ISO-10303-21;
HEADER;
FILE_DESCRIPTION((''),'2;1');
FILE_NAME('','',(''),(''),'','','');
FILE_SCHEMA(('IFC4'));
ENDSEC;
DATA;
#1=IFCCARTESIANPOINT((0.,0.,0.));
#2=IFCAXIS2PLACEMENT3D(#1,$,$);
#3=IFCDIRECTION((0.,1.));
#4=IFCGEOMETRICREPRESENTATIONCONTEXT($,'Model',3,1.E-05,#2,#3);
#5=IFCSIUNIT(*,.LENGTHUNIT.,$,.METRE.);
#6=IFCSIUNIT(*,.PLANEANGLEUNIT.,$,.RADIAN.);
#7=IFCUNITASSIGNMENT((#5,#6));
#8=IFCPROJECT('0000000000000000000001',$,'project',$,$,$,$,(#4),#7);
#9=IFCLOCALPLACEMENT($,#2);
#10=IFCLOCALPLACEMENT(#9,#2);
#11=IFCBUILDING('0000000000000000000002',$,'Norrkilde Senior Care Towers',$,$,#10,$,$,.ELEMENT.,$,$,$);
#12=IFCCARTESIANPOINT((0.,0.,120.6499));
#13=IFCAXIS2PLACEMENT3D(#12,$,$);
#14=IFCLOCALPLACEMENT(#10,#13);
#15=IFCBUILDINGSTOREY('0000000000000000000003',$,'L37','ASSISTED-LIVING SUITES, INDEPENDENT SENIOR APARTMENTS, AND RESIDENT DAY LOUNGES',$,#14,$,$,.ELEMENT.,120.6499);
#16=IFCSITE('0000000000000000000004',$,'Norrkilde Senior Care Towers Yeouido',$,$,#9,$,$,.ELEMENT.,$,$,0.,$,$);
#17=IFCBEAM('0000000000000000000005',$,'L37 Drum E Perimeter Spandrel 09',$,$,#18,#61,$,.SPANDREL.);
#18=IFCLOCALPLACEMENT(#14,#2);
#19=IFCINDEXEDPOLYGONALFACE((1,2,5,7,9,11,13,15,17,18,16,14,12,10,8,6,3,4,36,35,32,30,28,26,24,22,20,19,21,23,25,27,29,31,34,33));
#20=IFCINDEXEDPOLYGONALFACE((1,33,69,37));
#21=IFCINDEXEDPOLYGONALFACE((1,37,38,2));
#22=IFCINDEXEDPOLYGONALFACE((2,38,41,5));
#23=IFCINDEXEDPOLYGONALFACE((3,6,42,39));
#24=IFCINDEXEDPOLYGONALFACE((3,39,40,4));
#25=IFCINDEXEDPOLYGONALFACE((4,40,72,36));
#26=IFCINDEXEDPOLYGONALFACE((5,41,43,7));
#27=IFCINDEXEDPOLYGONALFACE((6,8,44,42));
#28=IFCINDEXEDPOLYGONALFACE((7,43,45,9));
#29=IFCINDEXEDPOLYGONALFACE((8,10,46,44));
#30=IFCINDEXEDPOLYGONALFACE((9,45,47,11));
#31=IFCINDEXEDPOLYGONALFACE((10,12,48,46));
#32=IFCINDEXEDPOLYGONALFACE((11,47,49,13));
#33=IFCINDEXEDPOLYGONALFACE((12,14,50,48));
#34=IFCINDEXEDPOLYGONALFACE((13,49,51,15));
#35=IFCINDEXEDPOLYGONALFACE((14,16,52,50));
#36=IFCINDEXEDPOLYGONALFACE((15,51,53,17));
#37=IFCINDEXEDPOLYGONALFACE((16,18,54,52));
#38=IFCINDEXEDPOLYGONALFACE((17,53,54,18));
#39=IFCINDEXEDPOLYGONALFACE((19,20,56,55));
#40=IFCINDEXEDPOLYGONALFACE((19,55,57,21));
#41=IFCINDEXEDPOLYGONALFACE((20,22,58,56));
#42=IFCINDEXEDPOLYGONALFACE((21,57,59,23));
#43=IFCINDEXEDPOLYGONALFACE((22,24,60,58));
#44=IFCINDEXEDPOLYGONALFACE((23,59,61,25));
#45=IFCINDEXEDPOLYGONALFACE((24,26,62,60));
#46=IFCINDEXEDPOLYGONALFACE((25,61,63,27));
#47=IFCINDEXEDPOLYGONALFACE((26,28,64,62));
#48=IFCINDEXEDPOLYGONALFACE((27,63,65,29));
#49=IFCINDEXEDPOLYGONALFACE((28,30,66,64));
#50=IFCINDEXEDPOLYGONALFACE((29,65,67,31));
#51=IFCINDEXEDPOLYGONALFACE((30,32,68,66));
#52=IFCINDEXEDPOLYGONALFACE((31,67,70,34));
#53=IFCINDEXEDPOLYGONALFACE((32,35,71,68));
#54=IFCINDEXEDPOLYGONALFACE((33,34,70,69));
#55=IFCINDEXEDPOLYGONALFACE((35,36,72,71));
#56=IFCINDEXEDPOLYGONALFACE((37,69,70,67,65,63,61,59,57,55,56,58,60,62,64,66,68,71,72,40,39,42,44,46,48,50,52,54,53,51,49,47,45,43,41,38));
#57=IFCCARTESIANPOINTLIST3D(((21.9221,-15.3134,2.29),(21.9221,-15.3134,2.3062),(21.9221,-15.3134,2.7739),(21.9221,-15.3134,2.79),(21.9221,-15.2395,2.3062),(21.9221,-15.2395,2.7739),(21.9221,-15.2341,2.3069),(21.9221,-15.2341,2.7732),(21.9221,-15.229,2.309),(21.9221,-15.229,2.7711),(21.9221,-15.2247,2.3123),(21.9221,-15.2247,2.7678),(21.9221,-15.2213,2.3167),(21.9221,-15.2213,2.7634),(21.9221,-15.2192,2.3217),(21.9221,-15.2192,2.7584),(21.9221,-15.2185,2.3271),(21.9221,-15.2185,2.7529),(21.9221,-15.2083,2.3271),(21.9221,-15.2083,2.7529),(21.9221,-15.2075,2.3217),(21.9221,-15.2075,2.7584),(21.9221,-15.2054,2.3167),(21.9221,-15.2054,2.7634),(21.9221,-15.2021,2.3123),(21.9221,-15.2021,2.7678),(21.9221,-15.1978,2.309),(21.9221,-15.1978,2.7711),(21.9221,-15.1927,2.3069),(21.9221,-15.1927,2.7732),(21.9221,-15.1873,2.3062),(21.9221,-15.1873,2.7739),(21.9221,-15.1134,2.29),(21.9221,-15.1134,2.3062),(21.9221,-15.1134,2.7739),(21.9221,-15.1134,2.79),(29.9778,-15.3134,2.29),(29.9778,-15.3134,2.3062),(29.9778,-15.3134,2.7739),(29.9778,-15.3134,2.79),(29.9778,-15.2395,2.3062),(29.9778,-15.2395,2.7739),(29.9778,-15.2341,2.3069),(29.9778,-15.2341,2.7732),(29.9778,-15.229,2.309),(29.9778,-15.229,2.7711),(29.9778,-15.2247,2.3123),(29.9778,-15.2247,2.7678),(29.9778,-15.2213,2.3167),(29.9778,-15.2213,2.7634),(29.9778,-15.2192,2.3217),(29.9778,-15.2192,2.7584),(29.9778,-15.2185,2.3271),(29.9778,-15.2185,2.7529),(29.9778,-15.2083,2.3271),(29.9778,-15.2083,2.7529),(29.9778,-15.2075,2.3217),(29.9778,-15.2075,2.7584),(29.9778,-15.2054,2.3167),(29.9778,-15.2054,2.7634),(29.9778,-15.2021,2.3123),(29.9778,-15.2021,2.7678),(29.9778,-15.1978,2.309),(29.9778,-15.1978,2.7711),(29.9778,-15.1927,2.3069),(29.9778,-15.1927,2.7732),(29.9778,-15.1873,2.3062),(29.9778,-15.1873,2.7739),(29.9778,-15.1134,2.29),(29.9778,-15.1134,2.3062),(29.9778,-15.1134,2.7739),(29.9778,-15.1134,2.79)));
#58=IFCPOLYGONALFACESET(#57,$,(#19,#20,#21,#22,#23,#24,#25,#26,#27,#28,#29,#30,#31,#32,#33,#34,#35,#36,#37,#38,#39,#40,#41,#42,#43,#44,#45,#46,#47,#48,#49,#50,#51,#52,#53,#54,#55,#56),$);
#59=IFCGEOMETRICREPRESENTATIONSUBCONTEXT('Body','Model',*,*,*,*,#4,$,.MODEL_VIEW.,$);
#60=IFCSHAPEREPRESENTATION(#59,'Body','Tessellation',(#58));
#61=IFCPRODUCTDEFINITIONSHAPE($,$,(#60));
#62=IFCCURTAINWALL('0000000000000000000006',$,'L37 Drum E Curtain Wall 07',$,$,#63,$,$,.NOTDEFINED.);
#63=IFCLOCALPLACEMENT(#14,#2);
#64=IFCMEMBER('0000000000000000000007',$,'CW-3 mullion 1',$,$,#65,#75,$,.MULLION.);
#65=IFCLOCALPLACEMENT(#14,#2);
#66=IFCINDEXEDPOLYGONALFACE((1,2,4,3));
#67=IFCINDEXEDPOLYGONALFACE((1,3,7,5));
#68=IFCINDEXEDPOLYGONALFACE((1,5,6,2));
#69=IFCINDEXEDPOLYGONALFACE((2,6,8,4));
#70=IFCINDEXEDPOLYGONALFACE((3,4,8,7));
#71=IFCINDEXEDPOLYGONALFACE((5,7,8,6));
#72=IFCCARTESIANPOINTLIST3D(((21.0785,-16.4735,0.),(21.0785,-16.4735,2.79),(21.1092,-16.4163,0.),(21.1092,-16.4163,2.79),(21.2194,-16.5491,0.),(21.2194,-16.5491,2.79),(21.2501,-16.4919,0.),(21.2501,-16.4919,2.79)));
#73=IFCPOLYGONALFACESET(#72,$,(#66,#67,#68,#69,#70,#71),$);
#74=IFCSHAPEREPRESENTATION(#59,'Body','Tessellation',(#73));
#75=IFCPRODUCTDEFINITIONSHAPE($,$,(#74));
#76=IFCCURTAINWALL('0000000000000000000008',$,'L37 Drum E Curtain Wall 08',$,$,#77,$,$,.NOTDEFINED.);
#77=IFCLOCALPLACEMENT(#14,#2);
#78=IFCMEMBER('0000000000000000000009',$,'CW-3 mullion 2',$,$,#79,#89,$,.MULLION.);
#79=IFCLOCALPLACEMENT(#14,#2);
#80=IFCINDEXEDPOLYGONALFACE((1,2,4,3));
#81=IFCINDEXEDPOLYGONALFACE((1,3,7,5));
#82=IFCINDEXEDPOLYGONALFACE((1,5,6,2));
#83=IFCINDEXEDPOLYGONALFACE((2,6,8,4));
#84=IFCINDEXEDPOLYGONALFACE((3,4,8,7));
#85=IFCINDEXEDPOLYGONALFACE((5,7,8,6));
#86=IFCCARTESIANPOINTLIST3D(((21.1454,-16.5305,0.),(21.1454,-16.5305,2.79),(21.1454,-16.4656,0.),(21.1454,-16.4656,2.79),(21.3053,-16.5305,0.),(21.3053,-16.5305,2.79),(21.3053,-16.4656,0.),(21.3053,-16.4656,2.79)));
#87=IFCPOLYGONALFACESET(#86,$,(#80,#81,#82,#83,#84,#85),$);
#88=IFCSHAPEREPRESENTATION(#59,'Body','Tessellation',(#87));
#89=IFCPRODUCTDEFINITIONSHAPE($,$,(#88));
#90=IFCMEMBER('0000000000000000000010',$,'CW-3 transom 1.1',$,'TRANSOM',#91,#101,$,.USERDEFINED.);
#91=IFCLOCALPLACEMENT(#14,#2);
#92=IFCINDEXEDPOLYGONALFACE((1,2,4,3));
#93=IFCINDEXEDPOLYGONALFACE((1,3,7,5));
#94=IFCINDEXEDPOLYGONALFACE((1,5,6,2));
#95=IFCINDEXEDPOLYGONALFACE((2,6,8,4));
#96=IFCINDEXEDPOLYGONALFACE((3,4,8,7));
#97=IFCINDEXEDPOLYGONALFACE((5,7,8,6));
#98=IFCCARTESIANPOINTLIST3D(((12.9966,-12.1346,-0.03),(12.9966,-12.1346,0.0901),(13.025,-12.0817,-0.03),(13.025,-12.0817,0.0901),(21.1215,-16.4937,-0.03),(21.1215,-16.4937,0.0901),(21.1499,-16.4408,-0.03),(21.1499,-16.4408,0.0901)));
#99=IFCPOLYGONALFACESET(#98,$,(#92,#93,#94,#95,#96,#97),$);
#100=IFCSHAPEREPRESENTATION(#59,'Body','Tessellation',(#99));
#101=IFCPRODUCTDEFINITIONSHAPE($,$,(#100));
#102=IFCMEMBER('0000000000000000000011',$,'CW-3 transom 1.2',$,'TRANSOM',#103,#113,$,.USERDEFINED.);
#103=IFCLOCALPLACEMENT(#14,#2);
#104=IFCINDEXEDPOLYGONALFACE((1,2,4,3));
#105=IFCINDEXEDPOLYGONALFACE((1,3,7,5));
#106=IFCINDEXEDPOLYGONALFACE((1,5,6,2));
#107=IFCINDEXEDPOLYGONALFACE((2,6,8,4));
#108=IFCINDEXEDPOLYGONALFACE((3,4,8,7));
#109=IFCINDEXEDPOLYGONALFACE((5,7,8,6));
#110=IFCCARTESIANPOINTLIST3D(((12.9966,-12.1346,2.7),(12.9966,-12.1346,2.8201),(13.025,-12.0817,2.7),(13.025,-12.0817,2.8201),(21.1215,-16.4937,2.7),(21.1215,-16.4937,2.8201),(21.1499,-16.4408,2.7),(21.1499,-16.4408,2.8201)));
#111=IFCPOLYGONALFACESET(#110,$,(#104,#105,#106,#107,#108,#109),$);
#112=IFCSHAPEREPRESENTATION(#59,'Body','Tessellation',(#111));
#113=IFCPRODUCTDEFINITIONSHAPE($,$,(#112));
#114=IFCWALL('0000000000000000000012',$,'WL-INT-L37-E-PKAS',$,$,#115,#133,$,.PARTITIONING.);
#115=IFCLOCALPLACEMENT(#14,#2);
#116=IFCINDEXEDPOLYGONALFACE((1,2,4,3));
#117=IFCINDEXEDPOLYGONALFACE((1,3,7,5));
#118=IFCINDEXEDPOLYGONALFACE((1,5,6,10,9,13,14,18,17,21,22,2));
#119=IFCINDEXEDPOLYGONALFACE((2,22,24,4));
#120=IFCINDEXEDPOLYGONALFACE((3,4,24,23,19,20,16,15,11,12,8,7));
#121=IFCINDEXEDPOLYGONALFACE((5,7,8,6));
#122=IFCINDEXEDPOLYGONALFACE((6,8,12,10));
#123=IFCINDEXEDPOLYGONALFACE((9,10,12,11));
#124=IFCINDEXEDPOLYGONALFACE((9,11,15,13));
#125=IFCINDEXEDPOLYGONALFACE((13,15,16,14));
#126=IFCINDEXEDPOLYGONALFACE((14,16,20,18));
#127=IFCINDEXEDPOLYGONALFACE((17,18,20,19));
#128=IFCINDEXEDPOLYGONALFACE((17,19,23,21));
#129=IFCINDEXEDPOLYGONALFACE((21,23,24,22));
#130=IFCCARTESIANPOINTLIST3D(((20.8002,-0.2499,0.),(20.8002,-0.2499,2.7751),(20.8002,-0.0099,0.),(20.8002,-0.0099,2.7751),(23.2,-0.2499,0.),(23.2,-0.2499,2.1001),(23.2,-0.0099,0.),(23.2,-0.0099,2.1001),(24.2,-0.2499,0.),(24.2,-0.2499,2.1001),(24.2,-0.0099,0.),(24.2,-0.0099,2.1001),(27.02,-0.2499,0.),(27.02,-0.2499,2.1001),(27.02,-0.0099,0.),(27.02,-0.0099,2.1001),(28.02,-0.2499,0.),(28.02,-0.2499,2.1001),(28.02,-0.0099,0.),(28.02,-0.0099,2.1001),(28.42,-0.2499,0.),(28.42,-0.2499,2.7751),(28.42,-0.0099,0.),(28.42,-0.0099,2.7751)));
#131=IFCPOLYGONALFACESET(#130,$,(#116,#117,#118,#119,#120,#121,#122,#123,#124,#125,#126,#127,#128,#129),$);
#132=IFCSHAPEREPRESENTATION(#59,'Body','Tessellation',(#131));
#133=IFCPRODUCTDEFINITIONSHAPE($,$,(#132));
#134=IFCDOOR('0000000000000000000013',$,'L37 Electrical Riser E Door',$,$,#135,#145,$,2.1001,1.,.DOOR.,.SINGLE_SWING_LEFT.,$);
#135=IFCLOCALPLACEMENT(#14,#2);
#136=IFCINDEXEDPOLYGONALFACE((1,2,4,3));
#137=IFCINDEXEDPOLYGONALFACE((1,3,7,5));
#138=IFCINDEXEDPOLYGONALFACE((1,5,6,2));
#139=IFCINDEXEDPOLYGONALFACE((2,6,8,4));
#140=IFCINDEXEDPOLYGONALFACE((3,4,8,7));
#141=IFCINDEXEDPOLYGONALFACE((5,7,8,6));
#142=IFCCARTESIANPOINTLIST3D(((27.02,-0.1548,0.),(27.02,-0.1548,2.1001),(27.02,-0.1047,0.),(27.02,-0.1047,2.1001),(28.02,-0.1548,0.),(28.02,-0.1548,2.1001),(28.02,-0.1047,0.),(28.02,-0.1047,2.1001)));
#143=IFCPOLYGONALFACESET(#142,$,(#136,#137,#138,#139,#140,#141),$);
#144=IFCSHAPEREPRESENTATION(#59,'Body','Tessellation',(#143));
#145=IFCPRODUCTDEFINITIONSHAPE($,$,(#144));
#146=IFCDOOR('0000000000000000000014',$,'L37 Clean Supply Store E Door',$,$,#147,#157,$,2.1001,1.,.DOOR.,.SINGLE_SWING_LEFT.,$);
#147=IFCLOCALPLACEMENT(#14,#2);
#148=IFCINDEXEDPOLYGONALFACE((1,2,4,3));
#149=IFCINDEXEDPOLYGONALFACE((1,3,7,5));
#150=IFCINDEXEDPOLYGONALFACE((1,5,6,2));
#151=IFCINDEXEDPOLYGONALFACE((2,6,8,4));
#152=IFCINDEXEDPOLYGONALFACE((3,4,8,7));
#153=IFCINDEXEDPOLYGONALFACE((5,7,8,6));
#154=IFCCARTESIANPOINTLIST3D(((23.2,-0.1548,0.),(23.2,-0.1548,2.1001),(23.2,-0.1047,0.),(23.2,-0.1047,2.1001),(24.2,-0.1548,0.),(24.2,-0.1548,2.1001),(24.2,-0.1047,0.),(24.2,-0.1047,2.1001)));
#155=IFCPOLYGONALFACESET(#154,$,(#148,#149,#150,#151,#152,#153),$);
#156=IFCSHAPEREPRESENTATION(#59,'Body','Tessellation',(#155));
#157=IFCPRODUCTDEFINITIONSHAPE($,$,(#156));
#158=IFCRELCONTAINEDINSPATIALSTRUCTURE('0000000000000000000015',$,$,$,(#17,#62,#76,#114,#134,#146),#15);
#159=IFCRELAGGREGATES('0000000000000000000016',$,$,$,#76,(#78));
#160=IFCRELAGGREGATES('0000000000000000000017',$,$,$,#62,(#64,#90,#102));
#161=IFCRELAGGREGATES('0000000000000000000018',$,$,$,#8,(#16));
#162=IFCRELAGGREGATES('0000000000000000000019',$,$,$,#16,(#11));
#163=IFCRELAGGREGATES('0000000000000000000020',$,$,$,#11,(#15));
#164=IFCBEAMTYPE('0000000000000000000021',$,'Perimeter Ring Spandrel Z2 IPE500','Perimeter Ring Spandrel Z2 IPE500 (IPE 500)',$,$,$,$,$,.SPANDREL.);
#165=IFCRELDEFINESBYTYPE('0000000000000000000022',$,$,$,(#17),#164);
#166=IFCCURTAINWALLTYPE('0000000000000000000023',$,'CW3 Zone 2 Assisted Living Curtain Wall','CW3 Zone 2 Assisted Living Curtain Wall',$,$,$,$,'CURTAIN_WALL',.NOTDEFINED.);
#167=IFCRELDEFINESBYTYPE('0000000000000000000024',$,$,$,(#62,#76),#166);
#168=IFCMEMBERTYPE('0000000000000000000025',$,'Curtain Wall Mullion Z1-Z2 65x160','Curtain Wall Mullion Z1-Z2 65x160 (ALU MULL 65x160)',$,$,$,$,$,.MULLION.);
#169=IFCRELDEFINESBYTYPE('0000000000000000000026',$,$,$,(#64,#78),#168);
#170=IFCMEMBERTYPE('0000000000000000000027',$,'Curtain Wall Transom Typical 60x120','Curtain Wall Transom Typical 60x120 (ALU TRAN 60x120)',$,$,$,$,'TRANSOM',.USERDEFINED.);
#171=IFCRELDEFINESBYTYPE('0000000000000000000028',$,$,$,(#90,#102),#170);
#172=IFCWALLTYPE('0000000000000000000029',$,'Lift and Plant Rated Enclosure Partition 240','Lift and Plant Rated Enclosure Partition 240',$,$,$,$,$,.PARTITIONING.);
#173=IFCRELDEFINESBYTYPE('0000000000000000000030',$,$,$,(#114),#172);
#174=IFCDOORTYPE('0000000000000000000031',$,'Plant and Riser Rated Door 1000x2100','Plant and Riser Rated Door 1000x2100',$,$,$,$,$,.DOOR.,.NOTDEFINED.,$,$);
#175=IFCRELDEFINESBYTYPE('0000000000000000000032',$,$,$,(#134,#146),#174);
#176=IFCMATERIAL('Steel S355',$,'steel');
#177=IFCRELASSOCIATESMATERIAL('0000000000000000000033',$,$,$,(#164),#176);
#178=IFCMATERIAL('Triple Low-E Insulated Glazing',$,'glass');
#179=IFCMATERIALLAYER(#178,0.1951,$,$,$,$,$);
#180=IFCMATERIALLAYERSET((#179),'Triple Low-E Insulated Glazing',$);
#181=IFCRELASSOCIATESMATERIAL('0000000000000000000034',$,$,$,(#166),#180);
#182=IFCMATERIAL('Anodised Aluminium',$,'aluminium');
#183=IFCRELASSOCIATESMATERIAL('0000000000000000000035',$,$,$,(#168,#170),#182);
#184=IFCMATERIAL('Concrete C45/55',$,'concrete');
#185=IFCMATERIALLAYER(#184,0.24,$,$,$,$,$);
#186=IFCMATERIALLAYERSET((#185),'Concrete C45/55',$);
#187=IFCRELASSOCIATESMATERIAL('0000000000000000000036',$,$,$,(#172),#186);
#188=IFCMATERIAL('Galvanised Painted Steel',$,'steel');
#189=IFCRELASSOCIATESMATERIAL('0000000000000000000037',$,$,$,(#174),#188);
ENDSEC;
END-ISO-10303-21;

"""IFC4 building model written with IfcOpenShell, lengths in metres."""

from ifc_helpers import new_model, si_unit, direction, frame, frame_2d, origin, origin_2d, place, context, subcontext, project, spatial, rectangle, i_section, extrude, source, transform, mapped, material, layer, layer_set, material_profile, profile_set, type_object, type_shapes, element, fill, aggregate, save


model = new_model("IFC4")

# Units and contexts
model_context = context("Model", 3, precision=1e-05, world=origin(), true_north=direction((0.0, 1.0)))
body_context = subcontext(model_context, "Body", "Model", "MODEL_VIEW")
ifc_project = project(units=[si_unit("LENGTHUNIT", "METRE"), si_unit("PLANEANGLEUNIT", "RADIAN")], contexts=[model_context])

# Site, building, storey
site_placement = place(None, origin())
site = spatial("IfcSite", under=ifc_project, at=site_placement, Name="Norrkilde Senior Care Towers Yeouido", CompositionType="ELEMENT", RefElevation=0.0)
building_placement = place(site_placement, origin())
building = spatial("IfcBuilding", under=site, at=building_placement, Name="Norrkilde Senior Care Towers", CompositionType="ELEMENT")
storey_placement = place(building_placement, frame((0.0, 0.0, 120.6499)))
storey = spatial("IfcBuildingStorey", under=building, at=storey_placement, Name="L37", Description="ASSISTED-LIVING SUITES, INDEPENDENT SENIOR APARTMENTS, AND RESIDENT DAY LOUNGES", CompositionType="ELEMENT", Elevation=120.6499)

# Beam
ifc_material_1 = material(Name="Steel S355", Category="steel")
ifc_material_profile_1 = material_profile(ifc_material_1, i_section(OverallWidth=0.2, OverallDepth=0.5, WebThickness=0.0103, FlangeThickness=0.0161, FilletRadius=0.021, at=origin_2d()), Name="IPE 500")
ifc_profile_set_1 = profile_set([ifc_material_profile_1], Name="Steel S355")
beam_type_1 = type_object("IfcBeamType", Name="Perimeter Ring Spandrel Z2 IPE500", Description="Perimeter Ring Spandrel Z2 IPE500 (IPE 500)", PredefinedType="SPANDREL", material=ifc_profile_set_1)
shared_shape_1 = source(origin(), body_context, "Body", "SweptSolid", [
    extrude(i_section(OverallWidth=0.2, OverallDepth=0.5, WebThickness=0.0103, FlangeThickness=0.0161, FilletRadius=0.021, at=origin_2d()), origin(), (0.0, 0.0, 1.0), 8.0557),
])
type_shapes(beam_type_1, [shared_shape_1])
beam_1_placement = place(storey_placement, frame((21.9221, -15.2134, 2.54), z_axis=(1.0, 0.0, 0.0), x_axis=(0.0, 1.0, 0.0)))
element("IfcBeam", 1, at=beam_1_placement, inside=storey, type_object=beam_type_1, Name="L37 Drum E Perimeter Spandrel 09", PredefinedType="SPANDREL", context=body_context, shape_type="MappedRepresentation", body=[
    mapped(shared_shape_1, transform((0.0, 0.0, 0.0), x_axis=(1.0, 0.0, 0.0), y_axis=(0.0, 1.0, 0.0), z_axis=(0.0, 0.0, 1.0), scale=1.0)),
])

# Curtain walls, members
ifc_material_2 = material(Name="Triple Low-E Insulated Glazing", Category="glass")
ifc_layer_1 = layer(ifc_material_2, 0.1951)
ifc_layer_set_1 = layer_set([ifc_layer_1], Name="Triple Low-E Insulated Glazing")
curtain_wall_type = type_object("IfcCurtainWallType", Name="CW3 Zone 2 Assisted Living Curtain Wall", Description="CW3 Zone 2 Assisted Living Curtain Wall", ElementType="CURTAIN_WALL", PredefinedType="NOTDEFINED", material=ifc_layer_set_1)
curtain_wall_1_placement = place(storey_placement, origin())
curtain_wall_1 = element("IfcCurtainWall", 2, at=curtain_wall_1_placement, inside=storey, type_object=curtain_wall_type, Name="L37 Drum E Curtain Wall 07", PredefinedType="NOTDEFINED")
ifc_material_3 = material(Name="Anodised Aluminium", Category="aluminium")
ifc_material_profile_2 = material_profile(ifc_material_3, rectangle(XDim=0.0649, YDim=0.1599, at=origin_2d()), Name="ALU MULL 65x160")
ifc_profile_set_2 = profile_set([ifc_material_profile_2], Name="Anodised Aluminium")
member_type_1 = type_object("IfcMemberType", Name="Curtain Wall Mullion Z1-Z2 65x160", Description="Curtain Wall Mullion Z1-Z2 65x160 (ALU MULL 65x160)", PredefinedType="MULLION", material=ifc_profile_set_2)
shared_shape_2 = source(origin(), body_context, "Body", "SweptSolid", [
    extrude(rectangle(XDim=0.0649, YDim=0.1599, at=origin_2d()), origin(), (0.0, 0.0, 1.0), 2.79),
])
type_shapes(member_type_1, [shared_shape_2])
member_1_placement = place(storey_placement, frame((21.1643, -16.4827, 0.0), z_axis=(0.0, 0.0, 1.0), x_axis=(-0.472769, -0.881186, 0.0)))
member_1 = element("IfcMember", 3, at=member_1_placement, type_object=member_type_1, Name="CW-3 mullion 1", PredefinedType="MULLION", context=body_context, shape_type="MappedRepresentation", body=[
    mapped(shared_shape_2, transform((0.0, 0.0, 0.0), x_axis=(1.0, 0.0, 0.0), y_axis=(0.0, 1.0, 0.0), z_axis=(0.0, 0.0, 1.0), scale=1.0)),
])
curtain_wall_2_placement = place(storey_placement, origin())
curtain_wall_2 = element("IfcCurtainWall", 4, at=curtain_wall_2_placement, inside=storey, type_object=curtain_wall_type, Name="L37 Drum E Curtain Wall 08", PredefinedType="NOTDEFINED")
member_2_placement = place(storey_placement, frame((21.2253, -16.498, 0.0), z_axis=(0.0, 0.0, 1.0), x_axis=(0.0, -1.0, 0.0)))
member_2 = element("IfcMember", 5, at=member_2_placement, type_object=member_type_1, Name="CW-3 mullion 2", PredefinedType="MULLION", context=body_context, shape_type="MappedRepresentation", body=[
    mapped(shared_shape_2, transform((0.0, 0.0, 0.0), x_axis=(1.0, 0.0, 0.0), y_axis=(0.0, 1.0, 0.0), z_axis=(0.0, 0.0, 1.0), scale=1.0)),
])
aggregate(curtain_wall_2, [member_2])

# Members
ifc_material_profile_3 = material_profile(ifc_material_3, rectangle(XDim=0.0601, YDim=0.1201, at=origin_2d()), Name="ALU TRAN 60x120")
ifc_profile_set_3 = profile_set([ifc_material_profile_3], Name="Anodised Aluminium")
member_type_2 = type_object("IfcMemberType", Name="Curtain Wall Transom Typical 60x120", Description="Curtain Wall Transom Typical 60x120 (ALU TRAN 60x120)", ElementType="TRANSOM", PredefinedType="USERDEFINED", material=ifc_profile_set_3)
shared_shape_3 = source(origin(), body_context, "Body", "SweptSolid", [
    extrude(rectangle(XDim=0.0601, YDim=0.1201, at=origin_2d()), origin(), (0.0, 0.0, 1.0), 9.2205),
])
type_shapes(member_type_2, [shared_shape_3])
member_3_placement = place(storey_placement, frame((21.1357, -16.4673, 0.03), z_axis=(-0.881189, 0.472765, 0.0), x_axis=(-0.472765, -0.881189, 0.0)))
member_3 = element("IfcMember", 6, at=member_3_placement, type_object=member_type_2, Name="CW-3 transom 1.1", ObjectType="TRANSOM", PredefinedType="USERDEFINED", context=body_context, shape_type="MappedRepresentation", body=[
    mapped(shared_shape_3, transform((0.0, 0.0, 0.0), x_axis=(1.0, 0.0, 0.0), y_axis=(0.0, 1.0, 0.0), z_axis=(0.0, 0.0, 1.0), scale=1.0)),
])
member_4_placement = place(storey_placement, frame((21.1357, -16.4673, 2.76), z_axis=(-0.881189, 0.472765, 0.0), x_axis=(-0.472765, -0.881189, 0.0)))
member_4 = element("IfcMember", 7, at=member_4_placement, type_object=member_type_2, Name="CW-3 transom 1.2", ObjectType="TRANSOM", PredefinedType="USERDEFINED", context=body_context, shape_type="MappedRepresentation", body=[
    mapped(shared_shape_3, transform((0.0, 0.0, 0.0), x_axis=(1.0, 0.0, 0.0), y_axis=(0.0, 1.0, 0.0), z_axis=(0.0, 0.0, 1.0), scale=1.0)),
])
aggregate(curtain_wall_1, [member_1, member_3, member_4])

# Shared definitions
ifc_material_4 = material(Name="Galvanised Painted Steel", Category="steel")

# Wall, openings, doors
ifc_material_5 = material(Name="Concrete C45/55", Category="concrete")
ifc_layer_2 = layer(ifc_material_5, 0.24)
ifc_layer_set_2 = layer_set([ifc_layer_2], Name="Concrete C45/55")
wall_type_1 = type_object("IfcWallType", Name="Lift and Plant Rated Enclosure Partition 240", Description="Lift and Plant Rated Enclosure Partition 240", PredefinedType="PARTITIONING", material=ifc_layer_set_2)
shared_shape_4 = source(origin(), body_context, "Body", "SweptSolid", [
    extrude(rectangle(XDim=7.6199, YDim=0.24, at=frame_2d((3.8101, 0.0))), origin(), (0.0, 0.0, 1.0), 2.7751),
])
type_shapes(wall_type_1, [shared_shape_4])
wall_1_placement = place(storey_placement, frame((20.8, -0.1299, 0.0), z_axis=(0.0, 0.0, 1.0), x_axis=(1.0, 0.0, 0.0)))
wall_1 = element("IfcWall", 8, at=wall_1_placement, inside=storey, type_object=wall_type_1, Name="WL-INT-L37-E-PKAS", PredefinedType="PARTITIONING", context=body_context, shape_type="MappedRepresentation", body=[
    mapped(shared_shape_4, transform((0.0, 0.0, 0.0), x_axis=(1.0, 0.0, 0.0), y_axis=(0.0, 1.0, 0.0), z_axis=(0.0, 0.0, 1.0), scale=1.0)),
])
opening_1_placement = place(wall_1_placement, frame((6.22, 0.0, 0.0)))
opening_1 = element("IfcOpeningElement", 9, at=opening_1_placement, cuts=wall_1, PredefinedType="OPENING", context=body_context, shape_type="SweptSolid", body=[
    extrude(rectangle(XDim=1.0, YDim=2.1001, at=frame_2d((0.5, 1.05))), frame((0.0, 0.1299, 0.0), z_axis=(0.0, -1.0, 0.0), x_axis=(1.0, 0.0, 0.0)), (0.0, 0.0, 1.0), 0.26),
])
opening_2_placement = place(wall_1_placement, frame((2.3999, 0.0, 0.0)))
opening_2 = element("IfcOpeningElement", 10, at=opening_2_placement, cuts=wall_1, PredefinedType="OPENING", context=body_context, shape_type="SweptSolid", body=[
    extrude(rectangle(XDim=1.0, YDim=2.1001, at=frame_2d((0.5, 1.05))), frame((0.0, 0.1299, 0.0), z_axis=(0.0, -1.0, 0.0), x_axis=(1.0, 0.0, 0.0)), (0.0, 0.0, 1.0), 0.26),
])
door_type_1 = type_object("IfcDoorType", Name="Plant and Riser Rated Door 1000x2100", Description="Plant and Riser Rated Door 1000x2100", OperationType="NOTDEFINED", PredefinedType="DOOR", material=ifc_material_4)
shared_shape_5 = source(origin(), body_context, "Body", "SweptSolid", [
    extrude(rectangle(XDim=1.0, YDim=2.1001, at=frame_2d((0.5, 1.05))), frame((0.0, 0.0249, 0.0), z_axis=(0.0, -1.0, 0.0), x_axis=(1.0, 0.0, 0.0)), (0.0, 0.0, 1.0), 0.05),
])
type_shapes(door_type_1, [shared_shape_5])
door_1_placement = place(opening_1_placement, frame((1.0, 0.0, 0.0), z_axis=(0.0, 0.0, 1.0), x_axis=(-1.0, 0.0, 0.0)))
door_1 = element("IfcDoor", 11, at=door_1_placement, inside=storey, type_object=door_type_1, Name="L37 Electrical Riser E Door", OperationType="SINGLE_SWING_LEFT", OverallHeight=2.1001, OverallWidth=1.0, PredefinedType="DOOR", context=body_context, shape_type="MappedRepresentation", body=[
    mapped(shared_shape_5, transform((0.0, 0.0, 0.0), x_axis=(1.0, 0.0, 0.0), y_axis=(0.0, 1.0, 0.0), z_axis=(0.0, 0.0, 1.0), scale=1.0)),
])
fill(opening_1, door_1)
door_2_placement = place(opening_2_placement, frame((1.0, 0.0, 0.0), z_axis=(0.0, 0.0, 1.0), x_axis=(-1.0, 0.0, 0.0)))
door_2 = element("IfcDoor", 12, at=door_2_placement, inside=storey, type_object=door_type_1, Name="L37 Clean Supply Store E Door", OperationType="SINGLE_SWING_LEFT", OverallHeight=2.1001, OverallWidth=1.0, PredefinedType="DOOR", context=body_context, shape_type="MappedRepresentation", body=[
    mapped(shared_shape_5, transform((0.0, 0.0, 0.0), x_axis=(1.0, 0.0, 0.0), y_axis=(0.0, 1.0, 0.0), z_axis=(0.0, 0.0, 1.0), scale=1.0)),
])
fill(opening_2, door_2)

save(model, "model.ifc")
